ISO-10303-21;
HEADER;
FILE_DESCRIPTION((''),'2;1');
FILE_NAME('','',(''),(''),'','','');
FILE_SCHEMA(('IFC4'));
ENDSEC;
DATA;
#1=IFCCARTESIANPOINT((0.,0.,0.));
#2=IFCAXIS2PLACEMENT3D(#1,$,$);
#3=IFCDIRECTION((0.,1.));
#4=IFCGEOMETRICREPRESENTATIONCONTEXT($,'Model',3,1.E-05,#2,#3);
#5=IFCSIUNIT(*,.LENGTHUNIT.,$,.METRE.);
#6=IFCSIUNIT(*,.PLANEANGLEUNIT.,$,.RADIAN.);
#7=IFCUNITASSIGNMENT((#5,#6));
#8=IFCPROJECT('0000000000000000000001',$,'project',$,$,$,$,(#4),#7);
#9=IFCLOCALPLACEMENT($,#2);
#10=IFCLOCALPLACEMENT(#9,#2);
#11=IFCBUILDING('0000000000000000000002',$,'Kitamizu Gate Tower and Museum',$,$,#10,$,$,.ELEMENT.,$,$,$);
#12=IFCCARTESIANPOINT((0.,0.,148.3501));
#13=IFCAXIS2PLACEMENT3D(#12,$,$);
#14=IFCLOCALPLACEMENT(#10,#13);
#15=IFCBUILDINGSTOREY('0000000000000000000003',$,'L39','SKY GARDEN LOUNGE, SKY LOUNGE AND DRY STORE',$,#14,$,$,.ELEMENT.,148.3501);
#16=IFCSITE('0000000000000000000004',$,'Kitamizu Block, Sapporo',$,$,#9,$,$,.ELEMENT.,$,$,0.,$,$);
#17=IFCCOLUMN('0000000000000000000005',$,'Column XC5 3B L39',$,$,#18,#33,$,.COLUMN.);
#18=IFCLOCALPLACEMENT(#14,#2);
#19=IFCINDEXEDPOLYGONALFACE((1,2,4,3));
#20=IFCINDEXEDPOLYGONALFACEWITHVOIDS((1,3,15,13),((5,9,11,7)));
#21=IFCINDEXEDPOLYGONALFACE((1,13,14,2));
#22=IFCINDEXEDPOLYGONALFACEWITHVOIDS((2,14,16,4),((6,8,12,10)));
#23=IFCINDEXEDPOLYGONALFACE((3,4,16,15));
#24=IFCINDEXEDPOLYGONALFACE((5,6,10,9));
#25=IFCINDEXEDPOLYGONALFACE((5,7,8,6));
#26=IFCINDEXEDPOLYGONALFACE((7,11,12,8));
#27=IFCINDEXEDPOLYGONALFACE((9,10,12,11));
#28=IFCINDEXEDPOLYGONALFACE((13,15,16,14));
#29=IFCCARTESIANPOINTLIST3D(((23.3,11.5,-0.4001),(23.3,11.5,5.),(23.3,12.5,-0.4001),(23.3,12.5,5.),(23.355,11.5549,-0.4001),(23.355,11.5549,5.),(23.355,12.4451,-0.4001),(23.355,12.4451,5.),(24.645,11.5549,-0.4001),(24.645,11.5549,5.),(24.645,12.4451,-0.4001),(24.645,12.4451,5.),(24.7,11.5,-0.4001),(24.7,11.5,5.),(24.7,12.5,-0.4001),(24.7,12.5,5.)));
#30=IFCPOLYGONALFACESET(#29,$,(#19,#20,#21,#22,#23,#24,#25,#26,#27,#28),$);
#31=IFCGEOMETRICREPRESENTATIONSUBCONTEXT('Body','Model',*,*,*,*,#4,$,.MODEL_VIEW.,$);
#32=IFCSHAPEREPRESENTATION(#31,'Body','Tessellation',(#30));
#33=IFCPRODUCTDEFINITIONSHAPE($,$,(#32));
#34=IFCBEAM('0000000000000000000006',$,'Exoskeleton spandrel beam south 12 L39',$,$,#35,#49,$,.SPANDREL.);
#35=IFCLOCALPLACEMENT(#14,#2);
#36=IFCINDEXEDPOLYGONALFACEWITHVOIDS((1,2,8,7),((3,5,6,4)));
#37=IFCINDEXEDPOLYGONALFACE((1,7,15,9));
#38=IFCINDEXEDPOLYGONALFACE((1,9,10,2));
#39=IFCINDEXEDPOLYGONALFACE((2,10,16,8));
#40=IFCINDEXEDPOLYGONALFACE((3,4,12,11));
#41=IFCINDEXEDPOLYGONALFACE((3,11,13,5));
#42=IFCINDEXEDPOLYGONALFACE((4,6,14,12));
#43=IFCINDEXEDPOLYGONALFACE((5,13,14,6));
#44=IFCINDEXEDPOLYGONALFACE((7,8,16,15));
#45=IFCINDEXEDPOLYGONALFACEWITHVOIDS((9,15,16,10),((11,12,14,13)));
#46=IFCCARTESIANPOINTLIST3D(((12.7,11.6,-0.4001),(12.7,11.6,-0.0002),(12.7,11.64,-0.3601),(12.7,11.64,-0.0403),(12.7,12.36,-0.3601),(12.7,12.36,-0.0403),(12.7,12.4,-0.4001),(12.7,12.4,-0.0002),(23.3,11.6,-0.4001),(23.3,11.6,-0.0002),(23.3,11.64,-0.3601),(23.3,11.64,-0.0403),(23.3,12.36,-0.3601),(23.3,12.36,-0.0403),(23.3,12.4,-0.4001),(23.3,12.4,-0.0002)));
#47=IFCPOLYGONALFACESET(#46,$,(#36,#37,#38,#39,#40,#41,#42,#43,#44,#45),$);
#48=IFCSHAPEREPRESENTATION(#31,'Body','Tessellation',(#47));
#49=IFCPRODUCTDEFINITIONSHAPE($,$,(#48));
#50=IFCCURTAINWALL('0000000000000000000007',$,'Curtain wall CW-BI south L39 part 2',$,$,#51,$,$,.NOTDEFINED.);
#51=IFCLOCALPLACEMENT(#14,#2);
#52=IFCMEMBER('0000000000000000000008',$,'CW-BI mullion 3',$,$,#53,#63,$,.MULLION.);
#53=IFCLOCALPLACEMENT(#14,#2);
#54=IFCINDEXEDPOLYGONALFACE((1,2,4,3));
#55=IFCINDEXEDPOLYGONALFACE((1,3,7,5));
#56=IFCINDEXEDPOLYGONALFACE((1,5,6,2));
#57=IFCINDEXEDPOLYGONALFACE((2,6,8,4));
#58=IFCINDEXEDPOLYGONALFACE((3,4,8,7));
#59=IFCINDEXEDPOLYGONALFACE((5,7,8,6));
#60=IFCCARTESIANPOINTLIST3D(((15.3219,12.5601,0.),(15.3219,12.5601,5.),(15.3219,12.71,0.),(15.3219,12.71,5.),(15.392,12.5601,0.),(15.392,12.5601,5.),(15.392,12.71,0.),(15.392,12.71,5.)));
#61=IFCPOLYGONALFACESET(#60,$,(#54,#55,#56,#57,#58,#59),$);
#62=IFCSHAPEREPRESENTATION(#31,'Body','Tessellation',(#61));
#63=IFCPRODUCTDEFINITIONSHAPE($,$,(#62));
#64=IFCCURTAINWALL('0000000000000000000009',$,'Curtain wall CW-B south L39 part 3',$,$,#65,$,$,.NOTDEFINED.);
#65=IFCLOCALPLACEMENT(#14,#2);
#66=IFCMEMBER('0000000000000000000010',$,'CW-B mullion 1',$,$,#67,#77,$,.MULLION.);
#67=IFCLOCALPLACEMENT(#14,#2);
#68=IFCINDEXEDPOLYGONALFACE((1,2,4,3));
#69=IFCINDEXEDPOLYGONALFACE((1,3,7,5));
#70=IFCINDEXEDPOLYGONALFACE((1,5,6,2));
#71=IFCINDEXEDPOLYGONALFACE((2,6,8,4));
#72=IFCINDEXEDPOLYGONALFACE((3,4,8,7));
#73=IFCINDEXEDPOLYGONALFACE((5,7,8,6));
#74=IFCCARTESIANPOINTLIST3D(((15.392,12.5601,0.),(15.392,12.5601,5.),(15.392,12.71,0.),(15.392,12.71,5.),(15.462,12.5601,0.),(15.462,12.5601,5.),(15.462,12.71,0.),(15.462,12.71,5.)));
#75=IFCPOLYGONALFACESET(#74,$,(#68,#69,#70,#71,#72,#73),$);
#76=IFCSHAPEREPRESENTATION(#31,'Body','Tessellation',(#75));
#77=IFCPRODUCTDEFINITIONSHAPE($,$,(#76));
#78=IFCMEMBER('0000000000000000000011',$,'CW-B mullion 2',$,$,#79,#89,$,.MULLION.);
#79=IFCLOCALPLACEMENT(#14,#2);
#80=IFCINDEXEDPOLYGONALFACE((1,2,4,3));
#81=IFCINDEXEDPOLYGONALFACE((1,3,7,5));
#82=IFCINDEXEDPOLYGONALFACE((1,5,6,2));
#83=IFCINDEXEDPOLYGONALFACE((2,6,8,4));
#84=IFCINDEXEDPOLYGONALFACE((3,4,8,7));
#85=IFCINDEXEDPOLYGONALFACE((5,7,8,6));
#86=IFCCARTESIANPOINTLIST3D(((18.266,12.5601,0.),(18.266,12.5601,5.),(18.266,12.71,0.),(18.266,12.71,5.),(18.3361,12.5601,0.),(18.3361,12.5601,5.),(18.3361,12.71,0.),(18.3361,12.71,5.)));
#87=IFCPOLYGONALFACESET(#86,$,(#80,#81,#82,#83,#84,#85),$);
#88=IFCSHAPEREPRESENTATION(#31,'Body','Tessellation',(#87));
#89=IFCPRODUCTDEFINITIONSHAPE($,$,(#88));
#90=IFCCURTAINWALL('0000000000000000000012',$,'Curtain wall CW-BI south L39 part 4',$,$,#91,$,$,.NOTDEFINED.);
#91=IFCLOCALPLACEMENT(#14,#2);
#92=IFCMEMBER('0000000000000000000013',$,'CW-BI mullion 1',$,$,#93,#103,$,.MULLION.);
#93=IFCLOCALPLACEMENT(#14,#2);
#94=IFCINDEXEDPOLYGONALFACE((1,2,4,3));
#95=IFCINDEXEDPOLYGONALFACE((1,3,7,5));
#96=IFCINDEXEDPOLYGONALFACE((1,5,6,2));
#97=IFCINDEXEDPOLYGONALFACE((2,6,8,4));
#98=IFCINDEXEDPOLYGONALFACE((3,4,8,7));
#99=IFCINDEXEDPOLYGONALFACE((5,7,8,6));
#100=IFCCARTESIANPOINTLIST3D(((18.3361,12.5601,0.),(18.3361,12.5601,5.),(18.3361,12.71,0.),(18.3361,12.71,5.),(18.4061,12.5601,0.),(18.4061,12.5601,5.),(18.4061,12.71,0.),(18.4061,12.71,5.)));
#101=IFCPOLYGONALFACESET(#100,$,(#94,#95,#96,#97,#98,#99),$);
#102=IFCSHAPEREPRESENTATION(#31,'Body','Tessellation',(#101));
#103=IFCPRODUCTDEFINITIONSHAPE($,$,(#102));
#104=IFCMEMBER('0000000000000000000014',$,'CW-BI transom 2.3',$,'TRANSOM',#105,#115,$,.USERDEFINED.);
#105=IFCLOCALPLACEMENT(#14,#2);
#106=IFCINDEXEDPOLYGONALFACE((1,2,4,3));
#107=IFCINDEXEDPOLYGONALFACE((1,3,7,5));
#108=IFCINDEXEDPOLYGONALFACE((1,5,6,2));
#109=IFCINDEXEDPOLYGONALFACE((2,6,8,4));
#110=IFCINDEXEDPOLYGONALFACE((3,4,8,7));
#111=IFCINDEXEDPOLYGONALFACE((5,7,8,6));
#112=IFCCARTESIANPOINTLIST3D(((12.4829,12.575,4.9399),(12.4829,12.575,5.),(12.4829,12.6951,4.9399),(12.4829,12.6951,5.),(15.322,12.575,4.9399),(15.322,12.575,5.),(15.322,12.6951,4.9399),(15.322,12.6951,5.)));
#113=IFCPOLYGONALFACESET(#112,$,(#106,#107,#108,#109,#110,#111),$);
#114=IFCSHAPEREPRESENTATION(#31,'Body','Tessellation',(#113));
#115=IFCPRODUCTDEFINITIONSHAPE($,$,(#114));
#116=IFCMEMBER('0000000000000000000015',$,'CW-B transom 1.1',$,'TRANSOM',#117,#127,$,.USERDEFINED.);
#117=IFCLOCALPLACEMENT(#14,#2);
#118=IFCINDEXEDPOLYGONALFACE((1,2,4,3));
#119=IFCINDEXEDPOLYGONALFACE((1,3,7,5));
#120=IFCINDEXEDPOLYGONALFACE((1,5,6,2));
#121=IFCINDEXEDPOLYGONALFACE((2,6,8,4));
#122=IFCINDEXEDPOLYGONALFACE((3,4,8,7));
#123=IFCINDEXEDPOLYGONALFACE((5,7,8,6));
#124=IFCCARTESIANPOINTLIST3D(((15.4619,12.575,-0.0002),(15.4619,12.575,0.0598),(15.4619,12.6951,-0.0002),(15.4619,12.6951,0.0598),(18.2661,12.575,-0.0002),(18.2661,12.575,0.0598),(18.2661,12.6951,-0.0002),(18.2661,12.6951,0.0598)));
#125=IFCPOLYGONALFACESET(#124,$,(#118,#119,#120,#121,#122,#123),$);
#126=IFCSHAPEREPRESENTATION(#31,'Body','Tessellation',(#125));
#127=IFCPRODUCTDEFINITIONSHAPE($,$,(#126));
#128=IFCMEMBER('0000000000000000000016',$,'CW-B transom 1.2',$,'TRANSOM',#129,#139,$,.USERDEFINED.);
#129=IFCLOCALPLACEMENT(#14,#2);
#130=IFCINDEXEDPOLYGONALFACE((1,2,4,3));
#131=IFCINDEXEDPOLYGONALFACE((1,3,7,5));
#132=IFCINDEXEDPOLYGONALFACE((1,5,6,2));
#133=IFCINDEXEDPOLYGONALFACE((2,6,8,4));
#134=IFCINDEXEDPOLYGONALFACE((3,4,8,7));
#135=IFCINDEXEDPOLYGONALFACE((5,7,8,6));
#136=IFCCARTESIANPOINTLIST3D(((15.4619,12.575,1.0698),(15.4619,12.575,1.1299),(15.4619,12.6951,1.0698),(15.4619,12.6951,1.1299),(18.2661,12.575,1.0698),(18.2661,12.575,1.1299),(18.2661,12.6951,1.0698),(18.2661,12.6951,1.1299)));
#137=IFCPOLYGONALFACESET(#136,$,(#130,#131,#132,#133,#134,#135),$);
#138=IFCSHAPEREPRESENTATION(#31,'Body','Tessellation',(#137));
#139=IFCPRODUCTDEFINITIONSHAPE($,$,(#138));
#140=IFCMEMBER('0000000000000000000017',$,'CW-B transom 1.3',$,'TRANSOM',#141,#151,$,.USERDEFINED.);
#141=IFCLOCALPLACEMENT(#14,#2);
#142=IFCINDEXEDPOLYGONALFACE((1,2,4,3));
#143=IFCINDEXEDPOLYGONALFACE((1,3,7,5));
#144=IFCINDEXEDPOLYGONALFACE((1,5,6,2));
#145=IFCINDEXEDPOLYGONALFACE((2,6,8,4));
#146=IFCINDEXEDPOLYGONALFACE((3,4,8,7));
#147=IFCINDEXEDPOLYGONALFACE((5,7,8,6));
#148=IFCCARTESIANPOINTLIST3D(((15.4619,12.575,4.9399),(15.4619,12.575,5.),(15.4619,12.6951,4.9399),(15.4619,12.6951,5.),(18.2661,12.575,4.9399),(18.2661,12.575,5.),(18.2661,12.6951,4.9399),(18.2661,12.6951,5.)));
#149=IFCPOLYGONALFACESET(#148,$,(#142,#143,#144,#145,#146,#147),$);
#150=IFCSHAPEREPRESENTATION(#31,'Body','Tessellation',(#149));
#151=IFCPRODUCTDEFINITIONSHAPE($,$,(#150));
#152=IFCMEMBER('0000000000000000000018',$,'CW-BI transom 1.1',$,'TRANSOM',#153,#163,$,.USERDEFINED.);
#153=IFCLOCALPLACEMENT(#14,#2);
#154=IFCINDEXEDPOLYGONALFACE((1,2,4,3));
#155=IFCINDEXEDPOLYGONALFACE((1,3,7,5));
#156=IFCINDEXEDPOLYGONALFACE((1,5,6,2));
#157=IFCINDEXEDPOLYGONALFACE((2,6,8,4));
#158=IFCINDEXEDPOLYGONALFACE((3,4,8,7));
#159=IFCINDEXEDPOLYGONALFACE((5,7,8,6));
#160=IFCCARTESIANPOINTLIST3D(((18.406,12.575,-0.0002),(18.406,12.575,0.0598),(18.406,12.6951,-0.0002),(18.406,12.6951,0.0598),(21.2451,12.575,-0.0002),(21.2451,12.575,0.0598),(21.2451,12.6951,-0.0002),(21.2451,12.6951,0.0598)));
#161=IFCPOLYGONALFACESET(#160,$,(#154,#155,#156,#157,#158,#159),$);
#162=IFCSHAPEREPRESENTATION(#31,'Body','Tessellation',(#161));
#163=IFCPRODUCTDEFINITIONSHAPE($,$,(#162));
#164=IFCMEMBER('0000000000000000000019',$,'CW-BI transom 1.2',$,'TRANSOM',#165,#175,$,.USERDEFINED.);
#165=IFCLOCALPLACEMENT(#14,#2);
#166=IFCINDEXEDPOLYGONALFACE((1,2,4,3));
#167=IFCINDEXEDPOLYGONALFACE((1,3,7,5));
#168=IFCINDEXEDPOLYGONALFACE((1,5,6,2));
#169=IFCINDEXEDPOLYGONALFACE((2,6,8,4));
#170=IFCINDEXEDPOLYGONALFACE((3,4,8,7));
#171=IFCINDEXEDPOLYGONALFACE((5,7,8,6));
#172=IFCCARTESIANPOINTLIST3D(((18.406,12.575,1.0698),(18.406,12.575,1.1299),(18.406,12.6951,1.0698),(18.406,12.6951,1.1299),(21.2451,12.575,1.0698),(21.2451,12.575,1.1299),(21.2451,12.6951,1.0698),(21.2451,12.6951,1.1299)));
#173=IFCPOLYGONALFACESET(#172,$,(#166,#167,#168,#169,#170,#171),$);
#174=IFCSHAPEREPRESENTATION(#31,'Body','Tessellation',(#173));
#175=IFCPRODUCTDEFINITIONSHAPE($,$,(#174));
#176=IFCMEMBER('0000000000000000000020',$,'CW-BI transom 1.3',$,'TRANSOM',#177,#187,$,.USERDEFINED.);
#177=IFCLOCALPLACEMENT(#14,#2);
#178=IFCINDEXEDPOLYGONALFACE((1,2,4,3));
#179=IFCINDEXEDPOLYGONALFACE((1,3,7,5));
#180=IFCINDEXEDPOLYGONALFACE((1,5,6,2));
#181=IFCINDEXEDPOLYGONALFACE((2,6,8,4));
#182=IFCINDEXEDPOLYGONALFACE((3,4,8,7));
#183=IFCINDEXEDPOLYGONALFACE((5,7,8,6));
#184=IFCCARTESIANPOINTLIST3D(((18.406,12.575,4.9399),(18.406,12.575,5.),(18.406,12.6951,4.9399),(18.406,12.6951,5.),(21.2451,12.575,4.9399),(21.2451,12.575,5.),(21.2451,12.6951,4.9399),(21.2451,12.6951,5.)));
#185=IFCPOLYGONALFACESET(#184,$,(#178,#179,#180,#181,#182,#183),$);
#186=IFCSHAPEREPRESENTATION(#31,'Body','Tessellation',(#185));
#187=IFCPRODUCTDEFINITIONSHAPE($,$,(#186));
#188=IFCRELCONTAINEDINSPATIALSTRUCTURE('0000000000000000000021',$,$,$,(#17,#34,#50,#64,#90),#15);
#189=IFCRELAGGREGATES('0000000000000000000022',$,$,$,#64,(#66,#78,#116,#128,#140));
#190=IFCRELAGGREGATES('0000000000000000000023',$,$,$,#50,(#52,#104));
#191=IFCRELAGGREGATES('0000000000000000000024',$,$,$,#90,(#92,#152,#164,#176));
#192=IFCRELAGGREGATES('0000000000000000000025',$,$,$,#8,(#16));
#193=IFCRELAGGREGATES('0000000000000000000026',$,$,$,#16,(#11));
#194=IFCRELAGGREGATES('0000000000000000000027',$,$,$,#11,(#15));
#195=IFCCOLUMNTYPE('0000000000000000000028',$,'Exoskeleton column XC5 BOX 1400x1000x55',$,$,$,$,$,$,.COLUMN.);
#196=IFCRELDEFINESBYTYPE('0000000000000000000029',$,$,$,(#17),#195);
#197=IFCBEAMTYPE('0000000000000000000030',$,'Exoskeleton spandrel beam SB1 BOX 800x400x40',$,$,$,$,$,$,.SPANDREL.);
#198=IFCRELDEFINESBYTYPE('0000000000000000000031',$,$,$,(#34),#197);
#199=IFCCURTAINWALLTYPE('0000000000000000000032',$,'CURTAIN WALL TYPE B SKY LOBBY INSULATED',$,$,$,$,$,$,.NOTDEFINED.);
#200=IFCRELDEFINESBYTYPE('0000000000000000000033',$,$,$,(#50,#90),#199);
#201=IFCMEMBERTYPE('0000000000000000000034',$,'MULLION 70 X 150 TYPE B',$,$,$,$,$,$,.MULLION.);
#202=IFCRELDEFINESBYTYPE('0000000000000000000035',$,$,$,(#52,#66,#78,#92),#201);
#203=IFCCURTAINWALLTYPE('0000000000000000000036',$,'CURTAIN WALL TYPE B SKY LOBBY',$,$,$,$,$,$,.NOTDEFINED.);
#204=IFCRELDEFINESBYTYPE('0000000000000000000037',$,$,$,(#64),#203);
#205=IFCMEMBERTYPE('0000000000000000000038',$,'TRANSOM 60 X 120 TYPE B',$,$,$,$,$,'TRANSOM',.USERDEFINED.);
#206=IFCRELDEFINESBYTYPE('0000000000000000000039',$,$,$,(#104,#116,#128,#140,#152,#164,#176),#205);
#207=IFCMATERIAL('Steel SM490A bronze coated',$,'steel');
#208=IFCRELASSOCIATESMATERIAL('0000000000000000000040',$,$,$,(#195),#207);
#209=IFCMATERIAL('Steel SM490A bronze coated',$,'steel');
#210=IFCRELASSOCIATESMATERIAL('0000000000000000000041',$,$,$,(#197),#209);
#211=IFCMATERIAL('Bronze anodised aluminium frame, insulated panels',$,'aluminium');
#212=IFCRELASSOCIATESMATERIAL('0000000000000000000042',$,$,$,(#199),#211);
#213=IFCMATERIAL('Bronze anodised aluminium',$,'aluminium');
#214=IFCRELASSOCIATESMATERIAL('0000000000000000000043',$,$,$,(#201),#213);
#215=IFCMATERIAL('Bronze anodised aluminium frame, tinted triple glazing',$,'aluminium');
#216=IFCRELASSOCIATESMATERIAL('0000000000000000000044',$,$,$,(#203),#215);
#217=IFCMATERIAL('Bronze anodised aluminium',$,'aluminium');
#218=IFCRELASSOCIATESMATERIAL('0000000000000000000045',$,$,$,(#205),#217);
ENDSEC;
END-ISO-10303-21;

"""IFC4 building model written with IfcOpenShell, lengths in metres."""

from ifc_helpers import new_model, si_unit, direction, frame, origin, origin_2d, place, context, subcontext, project, spatial, rectangle, hollow_rectangle, extrude, material, material_profile, profile_set, type_object, element, aggregate, save


model = new_model("IFC4")

# Units and contexts
model_context = context("Model", 3, precision=1e-05, world=origin(), true_north=direction((0.0, 1.0)))
body_context = subcontext(model_context, "Body", "Model", "MODEL_VIEW")
ifc_project = project(units=[si_unit("LENGTHUNIT", "METRE"), si_unit("PLANEANGLEUNIT", "RADIAN")], contexts=[model_context])

# Site, building, storey
site_placement = place(None, origin())
site = spatial("IfcSite", under=ifc_project, at=site_placement, Name="Kitamizu Block, Sapporo", CompositionType="ELEMENT", RefElevation=0.0)
building_placement = place(site_placement, origin())
building = spatial("IfcBuilding", under=site, at=building_placement, Name="Kitamizu Gate Tower and Museum", CompositionType="ELEMENT")
storey_placement = place(building_placement, frame((0.0, 0.0, 148.3501)))
storey = spatial("IfcBuildingStorey", under=building, at=storey_placement, Name="L39", Description="SKY GARDEN LOUNGE, SKY LOUNGE AND DRY STORE", CompositionType="ELEMENT", Elevation=148.3501)

# Column
ifc_material_1 = material(Name="Steel SM490A bronze coated", Category="steel")
ifc_material_profile_1 = material_profile(ifc_material_1, hollow_rectangle(XDim=1.3999, YDim=1.0, WallThickness=0.0549, at=origin_2d()), Name="BOX 1400x1000x55")
ifc_profile_set_1 = profile_set([ifc_material_profile_1], Name="Steel SM490A bronze coated")
column_type = type_object("IfcColumnType", Name="Exoskeleton column XC5 BOX 1400x1000x55", PredefinedType="COLUMN", material=ifc_profile_set_1)
column_placement = place(storey_placement, frame((24.0, 12.0, -0.4001), z_axis=(0.0, 0.0, 1.0), x_axis=(1.0, 0.0, 0.0)))
element("IfcColumn", 1, at=column_placement, inside=storey, type_object=column_type, Name="Column XC5 3B L39", PredefinedType="COLUMN", context=body_context, shape_type="SweptSolid", body=[
    extrude(hollow_rectangle(XDim=1.3999, YDim=1.0, WallThickness=0.0549, at=origin_2d()), origin(), (0.0, 0.0, 1.0), 5.4001),
])

# Beam
ifc_material_2 = material(Name="Steel SM490A bronze coated", Category="steel")
ifc_material_profile_2 = material_profile(ifc_material_2, hollow_rectangle(XDim=0.8, YDim=0.3999, WallThickness=0.04, at=origin_2d()), Name="BOX 800x400x40")
ifc_profile_set_2 = profile_set([ifc_material_profile_2], Name="Steel SM490A bronze coated")
beam_type = type_object("IfcBeamType", Name="Exoskeleton spandrel beam SB1 BOX 800x400x40", PredefinedType="SPANDREL", material=ifc_profile_set_2)
beam_placement = place(storey_placement, frame((12.7, 12.0, -0.2002), z_axis=(1.0, 0.0, 0.0), x_axis=(0.0, 1.0, 0.0)))
element("IfcBeam", 2, at=beam_placement, inside=storey, type_object=beam_type, Name="Exoskeleton spandrel beam south 12 L39", PredefinedType="SPANDREL", context=body_context, shape_type="SweptSolid", body=[
    extrude(hollow_rectangle(XDim=0.8, YDim=0.3999, WallThickness=0.04, at=origin_2d()), origin(), (0.0, 0.0, 1.0), 10.6001),
])

# Curtain wall, member
ifc_material_3 = material(Name="Bronze anodised aluminium frame, insulated panels", Category="aluminium")
curtain_wall_type_1 = type_object("IfcCurtainWallType", Name="CURTAIN WALL TYPE B SKY LOBBY INSULATED", PredefinedType="NOTDEFINED", material=ifc_material_3)
curtain_wall_1_placement = place(storey_placement, origin())
curtain_wall_1 = element("IfcCurtainWall", 3, at=curtain_wall_1_placement, inside=storey, type_object=curtain_wall_type_1, Name="Curtain wall CW-BI south L39 part 2", PredefinedType="NOTDEFINED")
ifc_material_4 = material(Name="Bronze anodised aluminium", Category="aluminium")
ifc_material_profile_3 = material_profile(ifc_material_4, rectangle(XDim=0.0701, YDim=0.1499, at=origin_2d()), Name="AL 70X150")
ifc_profile_set_3 = profile_set([ifc_material_profile_3], Name="Bronze anodised aluminium")
member_type_1 = type_object("IfcMemberType", Name="MULLION 70 X 150 TYPE B", PredefinedType="MULLION", material=ifc_profile_set_3)
member_1_placement = place(storey_placement, frame((15.3569, 12.635, 0.0), z_axis=(0.0, 0.0, 1.0), x_axis=(1.0, 0.0, 0.0)))
member_1 = element("IfcMember", 4, at=member_1_placement, type_object=member_type_1, Name="CW-BI mullion 3", PredefinedType="MULLION", context=body_context, shape_type="SweptSolid", body=[
    extrude(rectangle(XDim=0.0701, YDim=0.1499, at=origin_2d()), origin(), (0.0, 0.0, 1.0), 5.0),
])

# Curtain wall, members
ifc_material_5 = material(Name="Bronze anodised aluminium frame, tinted triple glazing", Category="aluminium")
curtain_wall_type_2 = type_object("IfcCurtainWallType", Name="CURTAIN WALL TYPE B SKY LOBBY", PredefinedType="NOTDEFINED", material=ifc_material_5)
curtain_wall_2_placement = place(storey_placement, origin())
curtain_wall_2 = element("IfcCurtainWall", 5, at=curtain_wall_2_placement, inside=storey, type_object=curtain_wall_type_2, Name="Curtain wall CW-B south L39 part 3", PredefinedType="NOTDEFINED")
member_2_placement = place(storey_placement, frame((15.427, 12.635, 0.0), z_axis=(0.0, 0.0, 1.0), x_axis=(1.0, 0.0, 0.0)))
member_2 = element("IfcMember", 6, at=member_2_placement, type_object=member_type_1, Name="CW-B mullion 1", PredefinedType="MULLION", context=body_context, shape_type="SweptSolid", body=[
    extrude(rectangle(XDim=0.0701, YDim=0.1499, at=origin_2d()), origin(), (0.0, 0.0, 1.0), 5.0),
])
member_3_placement = place(storey_placement, frame((18.301, 12.635, 0.0), z_axis=(0.0, 0.0, 1.0), x_axis=(1.0, 0.0, 0.0)))
member_3 = element("IfcMember", 7, at=member_3_placement, type_object=member_type_1, Name="CW-B mullion 2", PredefinedType="MULLION", context=body_context, shape_type="SweptSolid", body=[
    extrude(rectangle(XDim=0.0701, YDim=0.1499, at=origin_2d()), origin(), (0.0, 0.0, 1.0), 5.0),
])

# Curtain wall, member
curtain_wall_3_placement = place(storey_placement, origin())
curtain_wall_3 = element("IfcCurtainWall", 8, at=curtain_wall_3_placement, inside=storey, type_object=curtain_wall_type_1, Name="Curtain wall CW-BI south L39 part 4", PredefinedType="NOTDEFINED")
member_4_placement = place(storey_placement, frame((18.3711, 12.635, 0.0), z_axis=(0.0, 0.0, 1.0), x_axis=(1.0, 0.0, 0.0)))
member_4 = element("IfcMember", 9, at=member_4_placement, type_object=member_type_1, Name="CW-BI mullion 1", PredefinedType="MULLION", context=body_context, shape_type="SweptSolid", body=[
    extrude(rectangle(XDim=0.0701, YDim=0.1499, at=origin_2d()), origin(), (0.0, 0.0, 1.0), 5.0),
])

# Members
ifc_material_6 = material(Name="Bronze anodised aluminium", Category="aluminium")
ifc_material_profile_4 = material_profile(ifc_material_6, rectangle(XDim=0.1201, YDim=0.0601, at=origin_2d()), Name="AL 60X120")
ifc_profile_set_4 = profile_set([ifc_material_profile_4], Name="Bronze anodised aluminium")
member_type_2 = type_object("IfcMemberType", Name="TRANSOM 60 X 120 TYPE B", ElementType="TRANSOM", PredefinedType="USERDEFINED", material=ifc_profile_set_4)
member_5_placement = place(storey_placement, frame((12.4829, 12.635, 4.97), z_axis=(1.0, 0.0, 0.0), x_axis=(0.0, 1.0, 0.0)))
member_5 = element("IfcMember", 10, at=member_5_placement, type_object=member_type_2, Name="CW-BI transom 2.3", ObjectType="TRANSOM", PredefinedType="USERDEFINED", context=body_context, shape_type="SweptSolid", body=[
    extrude(rectangle(XDim=0.1201, YDim=0.0601, at=origin_2d()), origin(), (0.0, 0.0, 1.0), 2.8391),
])
member_6_placement = place(storey_placement, frame((15.4619, 12.635, 0.0298), z_axis=(1.0, 0.0, 0.0), x_axis=(0.0, 1.0, 0.0)))
member_6 = element("IfcMember", 11, at=member_6_placement, type_object=member_type_2, Name="CW-B transom 1.1", ObjectType="TRANSOM", PredefinedType="USERDEFINED", context=body_context, shape_type="SweptSolid", body=[
    extrude(rectangle(XDim=0.1201, YDim=0.0601, at=origin_2d()), origin(), (0.0, 0.0, 1.0), 2.8042),
])
member_7_placement = place(storey_placement, frame((15.4619, 12.635, 1.0999), z_axis=(1.0, 0.0, 0.0), x_axis=(0.0, 1.0, 0.0)))
member_7 = element("IfcMember", 12, at=member_7_placement, type_object=member_type_2, Name="CW-B transom 1.2", ObjectType="TRANSOM", PredefinedType="USERDEFINED", context=body_context, shape_type="SweptSolid", body=[
    extrude(rectangle(XDim=0.1201, YDim=0.0601, at=origin_2d()), origin(), (0.0, 0.0, 1.0), 2.8042),
])
member_8_placement = place(storey_placement, frame((15.4619, 12.635, 4.97), z_axis=(1.0, 0.0, 0.0), x_axis=(0.0, 1.0, 0.0)))
member_8 = element("IfcMember", 13, at=member_8_placement, type_object=member_type_2, Name="CW-B transom 1.3", ObjectType="TRANSOM", PredefinedType="USERDEFINED", context=body_context, shape_type="SweptSolid", body=[
    extrude(rectangle(XDim=0.1201, YDim=0.0601, at=origin_2d()), origin(), (0.0, 0.0, 1.0), 2.8042),
])
member_9_placement = place(storey_placement, frame((18.406, 12.635, 0.0298), z_axis=(1.0, 0.0, 0.0), x_axis=(0.0, 1.0, 0.0)))
member_9 = element("IfcMember", 14, at=member_9_placement, type_object=member_type_2, Name="CW-BI transom 1.1", ObjectType="TRANSOM", PredefinedType="USERDEFINED", context=body_context, shape_type="SweptSolid", body=[
    extrude(rectangle(XDim=0.1201, YDim=0.0601, at=origin_2d()), origin(), (0.0, 0.0, 1.0), 2.8391),
])
member_10_placement = place(storey_placement, frame((18.406, 12.635, 1.0999), z_axis=(1.0, 0.0, 0.0), x_axis=(0.0, 1.0, 0.0)))
member_10 = element("IfcMember", 15, at=member_10_placement, type_object=member_type_2, Name="CW-BI transom 1.2", ObjectType="TRANSOM", PredefinedType="USERDEFINED", context=body_context, shape_type="SweptSolid", body=[
    extrude(rectangle(XDim=0.1201, YDim=0.0601, at=origin_2d()), origin(), (0.0, 0.0, 1.0), 2.8391),
])
member_11_placement = place(storey_placement, frame((18.406, 12.635, 4.97), z_axis=(1.0, 0.0, 0.0), x_axis=(0.0, 1.0, 0.0)))
member_11 = element("IfcMember", 16, at=member_11_placement, type_object=member_type_2, Name="CW-BI transom 1.3", ObjectType="TRANSOM", PredefinedType="USERDEFINED", context=body_context, shape_type="SweptSolid", body=[
    extrude(rectangle(XDim=0.1201, YDim=0.0601, at=origin_2d()), origin(), (0.0, 0.0, 1.0), 2.8391),
])

aggregate(curtain_wall_2, [member_2, member_3, member_6, member_7, member_8])
aggregate(curtain_wall_1, [member_1, member_5])
aggregate(curtain_wall_3, [member_4, member_9, member_10, member_11])

save(model, "model.ifc")
